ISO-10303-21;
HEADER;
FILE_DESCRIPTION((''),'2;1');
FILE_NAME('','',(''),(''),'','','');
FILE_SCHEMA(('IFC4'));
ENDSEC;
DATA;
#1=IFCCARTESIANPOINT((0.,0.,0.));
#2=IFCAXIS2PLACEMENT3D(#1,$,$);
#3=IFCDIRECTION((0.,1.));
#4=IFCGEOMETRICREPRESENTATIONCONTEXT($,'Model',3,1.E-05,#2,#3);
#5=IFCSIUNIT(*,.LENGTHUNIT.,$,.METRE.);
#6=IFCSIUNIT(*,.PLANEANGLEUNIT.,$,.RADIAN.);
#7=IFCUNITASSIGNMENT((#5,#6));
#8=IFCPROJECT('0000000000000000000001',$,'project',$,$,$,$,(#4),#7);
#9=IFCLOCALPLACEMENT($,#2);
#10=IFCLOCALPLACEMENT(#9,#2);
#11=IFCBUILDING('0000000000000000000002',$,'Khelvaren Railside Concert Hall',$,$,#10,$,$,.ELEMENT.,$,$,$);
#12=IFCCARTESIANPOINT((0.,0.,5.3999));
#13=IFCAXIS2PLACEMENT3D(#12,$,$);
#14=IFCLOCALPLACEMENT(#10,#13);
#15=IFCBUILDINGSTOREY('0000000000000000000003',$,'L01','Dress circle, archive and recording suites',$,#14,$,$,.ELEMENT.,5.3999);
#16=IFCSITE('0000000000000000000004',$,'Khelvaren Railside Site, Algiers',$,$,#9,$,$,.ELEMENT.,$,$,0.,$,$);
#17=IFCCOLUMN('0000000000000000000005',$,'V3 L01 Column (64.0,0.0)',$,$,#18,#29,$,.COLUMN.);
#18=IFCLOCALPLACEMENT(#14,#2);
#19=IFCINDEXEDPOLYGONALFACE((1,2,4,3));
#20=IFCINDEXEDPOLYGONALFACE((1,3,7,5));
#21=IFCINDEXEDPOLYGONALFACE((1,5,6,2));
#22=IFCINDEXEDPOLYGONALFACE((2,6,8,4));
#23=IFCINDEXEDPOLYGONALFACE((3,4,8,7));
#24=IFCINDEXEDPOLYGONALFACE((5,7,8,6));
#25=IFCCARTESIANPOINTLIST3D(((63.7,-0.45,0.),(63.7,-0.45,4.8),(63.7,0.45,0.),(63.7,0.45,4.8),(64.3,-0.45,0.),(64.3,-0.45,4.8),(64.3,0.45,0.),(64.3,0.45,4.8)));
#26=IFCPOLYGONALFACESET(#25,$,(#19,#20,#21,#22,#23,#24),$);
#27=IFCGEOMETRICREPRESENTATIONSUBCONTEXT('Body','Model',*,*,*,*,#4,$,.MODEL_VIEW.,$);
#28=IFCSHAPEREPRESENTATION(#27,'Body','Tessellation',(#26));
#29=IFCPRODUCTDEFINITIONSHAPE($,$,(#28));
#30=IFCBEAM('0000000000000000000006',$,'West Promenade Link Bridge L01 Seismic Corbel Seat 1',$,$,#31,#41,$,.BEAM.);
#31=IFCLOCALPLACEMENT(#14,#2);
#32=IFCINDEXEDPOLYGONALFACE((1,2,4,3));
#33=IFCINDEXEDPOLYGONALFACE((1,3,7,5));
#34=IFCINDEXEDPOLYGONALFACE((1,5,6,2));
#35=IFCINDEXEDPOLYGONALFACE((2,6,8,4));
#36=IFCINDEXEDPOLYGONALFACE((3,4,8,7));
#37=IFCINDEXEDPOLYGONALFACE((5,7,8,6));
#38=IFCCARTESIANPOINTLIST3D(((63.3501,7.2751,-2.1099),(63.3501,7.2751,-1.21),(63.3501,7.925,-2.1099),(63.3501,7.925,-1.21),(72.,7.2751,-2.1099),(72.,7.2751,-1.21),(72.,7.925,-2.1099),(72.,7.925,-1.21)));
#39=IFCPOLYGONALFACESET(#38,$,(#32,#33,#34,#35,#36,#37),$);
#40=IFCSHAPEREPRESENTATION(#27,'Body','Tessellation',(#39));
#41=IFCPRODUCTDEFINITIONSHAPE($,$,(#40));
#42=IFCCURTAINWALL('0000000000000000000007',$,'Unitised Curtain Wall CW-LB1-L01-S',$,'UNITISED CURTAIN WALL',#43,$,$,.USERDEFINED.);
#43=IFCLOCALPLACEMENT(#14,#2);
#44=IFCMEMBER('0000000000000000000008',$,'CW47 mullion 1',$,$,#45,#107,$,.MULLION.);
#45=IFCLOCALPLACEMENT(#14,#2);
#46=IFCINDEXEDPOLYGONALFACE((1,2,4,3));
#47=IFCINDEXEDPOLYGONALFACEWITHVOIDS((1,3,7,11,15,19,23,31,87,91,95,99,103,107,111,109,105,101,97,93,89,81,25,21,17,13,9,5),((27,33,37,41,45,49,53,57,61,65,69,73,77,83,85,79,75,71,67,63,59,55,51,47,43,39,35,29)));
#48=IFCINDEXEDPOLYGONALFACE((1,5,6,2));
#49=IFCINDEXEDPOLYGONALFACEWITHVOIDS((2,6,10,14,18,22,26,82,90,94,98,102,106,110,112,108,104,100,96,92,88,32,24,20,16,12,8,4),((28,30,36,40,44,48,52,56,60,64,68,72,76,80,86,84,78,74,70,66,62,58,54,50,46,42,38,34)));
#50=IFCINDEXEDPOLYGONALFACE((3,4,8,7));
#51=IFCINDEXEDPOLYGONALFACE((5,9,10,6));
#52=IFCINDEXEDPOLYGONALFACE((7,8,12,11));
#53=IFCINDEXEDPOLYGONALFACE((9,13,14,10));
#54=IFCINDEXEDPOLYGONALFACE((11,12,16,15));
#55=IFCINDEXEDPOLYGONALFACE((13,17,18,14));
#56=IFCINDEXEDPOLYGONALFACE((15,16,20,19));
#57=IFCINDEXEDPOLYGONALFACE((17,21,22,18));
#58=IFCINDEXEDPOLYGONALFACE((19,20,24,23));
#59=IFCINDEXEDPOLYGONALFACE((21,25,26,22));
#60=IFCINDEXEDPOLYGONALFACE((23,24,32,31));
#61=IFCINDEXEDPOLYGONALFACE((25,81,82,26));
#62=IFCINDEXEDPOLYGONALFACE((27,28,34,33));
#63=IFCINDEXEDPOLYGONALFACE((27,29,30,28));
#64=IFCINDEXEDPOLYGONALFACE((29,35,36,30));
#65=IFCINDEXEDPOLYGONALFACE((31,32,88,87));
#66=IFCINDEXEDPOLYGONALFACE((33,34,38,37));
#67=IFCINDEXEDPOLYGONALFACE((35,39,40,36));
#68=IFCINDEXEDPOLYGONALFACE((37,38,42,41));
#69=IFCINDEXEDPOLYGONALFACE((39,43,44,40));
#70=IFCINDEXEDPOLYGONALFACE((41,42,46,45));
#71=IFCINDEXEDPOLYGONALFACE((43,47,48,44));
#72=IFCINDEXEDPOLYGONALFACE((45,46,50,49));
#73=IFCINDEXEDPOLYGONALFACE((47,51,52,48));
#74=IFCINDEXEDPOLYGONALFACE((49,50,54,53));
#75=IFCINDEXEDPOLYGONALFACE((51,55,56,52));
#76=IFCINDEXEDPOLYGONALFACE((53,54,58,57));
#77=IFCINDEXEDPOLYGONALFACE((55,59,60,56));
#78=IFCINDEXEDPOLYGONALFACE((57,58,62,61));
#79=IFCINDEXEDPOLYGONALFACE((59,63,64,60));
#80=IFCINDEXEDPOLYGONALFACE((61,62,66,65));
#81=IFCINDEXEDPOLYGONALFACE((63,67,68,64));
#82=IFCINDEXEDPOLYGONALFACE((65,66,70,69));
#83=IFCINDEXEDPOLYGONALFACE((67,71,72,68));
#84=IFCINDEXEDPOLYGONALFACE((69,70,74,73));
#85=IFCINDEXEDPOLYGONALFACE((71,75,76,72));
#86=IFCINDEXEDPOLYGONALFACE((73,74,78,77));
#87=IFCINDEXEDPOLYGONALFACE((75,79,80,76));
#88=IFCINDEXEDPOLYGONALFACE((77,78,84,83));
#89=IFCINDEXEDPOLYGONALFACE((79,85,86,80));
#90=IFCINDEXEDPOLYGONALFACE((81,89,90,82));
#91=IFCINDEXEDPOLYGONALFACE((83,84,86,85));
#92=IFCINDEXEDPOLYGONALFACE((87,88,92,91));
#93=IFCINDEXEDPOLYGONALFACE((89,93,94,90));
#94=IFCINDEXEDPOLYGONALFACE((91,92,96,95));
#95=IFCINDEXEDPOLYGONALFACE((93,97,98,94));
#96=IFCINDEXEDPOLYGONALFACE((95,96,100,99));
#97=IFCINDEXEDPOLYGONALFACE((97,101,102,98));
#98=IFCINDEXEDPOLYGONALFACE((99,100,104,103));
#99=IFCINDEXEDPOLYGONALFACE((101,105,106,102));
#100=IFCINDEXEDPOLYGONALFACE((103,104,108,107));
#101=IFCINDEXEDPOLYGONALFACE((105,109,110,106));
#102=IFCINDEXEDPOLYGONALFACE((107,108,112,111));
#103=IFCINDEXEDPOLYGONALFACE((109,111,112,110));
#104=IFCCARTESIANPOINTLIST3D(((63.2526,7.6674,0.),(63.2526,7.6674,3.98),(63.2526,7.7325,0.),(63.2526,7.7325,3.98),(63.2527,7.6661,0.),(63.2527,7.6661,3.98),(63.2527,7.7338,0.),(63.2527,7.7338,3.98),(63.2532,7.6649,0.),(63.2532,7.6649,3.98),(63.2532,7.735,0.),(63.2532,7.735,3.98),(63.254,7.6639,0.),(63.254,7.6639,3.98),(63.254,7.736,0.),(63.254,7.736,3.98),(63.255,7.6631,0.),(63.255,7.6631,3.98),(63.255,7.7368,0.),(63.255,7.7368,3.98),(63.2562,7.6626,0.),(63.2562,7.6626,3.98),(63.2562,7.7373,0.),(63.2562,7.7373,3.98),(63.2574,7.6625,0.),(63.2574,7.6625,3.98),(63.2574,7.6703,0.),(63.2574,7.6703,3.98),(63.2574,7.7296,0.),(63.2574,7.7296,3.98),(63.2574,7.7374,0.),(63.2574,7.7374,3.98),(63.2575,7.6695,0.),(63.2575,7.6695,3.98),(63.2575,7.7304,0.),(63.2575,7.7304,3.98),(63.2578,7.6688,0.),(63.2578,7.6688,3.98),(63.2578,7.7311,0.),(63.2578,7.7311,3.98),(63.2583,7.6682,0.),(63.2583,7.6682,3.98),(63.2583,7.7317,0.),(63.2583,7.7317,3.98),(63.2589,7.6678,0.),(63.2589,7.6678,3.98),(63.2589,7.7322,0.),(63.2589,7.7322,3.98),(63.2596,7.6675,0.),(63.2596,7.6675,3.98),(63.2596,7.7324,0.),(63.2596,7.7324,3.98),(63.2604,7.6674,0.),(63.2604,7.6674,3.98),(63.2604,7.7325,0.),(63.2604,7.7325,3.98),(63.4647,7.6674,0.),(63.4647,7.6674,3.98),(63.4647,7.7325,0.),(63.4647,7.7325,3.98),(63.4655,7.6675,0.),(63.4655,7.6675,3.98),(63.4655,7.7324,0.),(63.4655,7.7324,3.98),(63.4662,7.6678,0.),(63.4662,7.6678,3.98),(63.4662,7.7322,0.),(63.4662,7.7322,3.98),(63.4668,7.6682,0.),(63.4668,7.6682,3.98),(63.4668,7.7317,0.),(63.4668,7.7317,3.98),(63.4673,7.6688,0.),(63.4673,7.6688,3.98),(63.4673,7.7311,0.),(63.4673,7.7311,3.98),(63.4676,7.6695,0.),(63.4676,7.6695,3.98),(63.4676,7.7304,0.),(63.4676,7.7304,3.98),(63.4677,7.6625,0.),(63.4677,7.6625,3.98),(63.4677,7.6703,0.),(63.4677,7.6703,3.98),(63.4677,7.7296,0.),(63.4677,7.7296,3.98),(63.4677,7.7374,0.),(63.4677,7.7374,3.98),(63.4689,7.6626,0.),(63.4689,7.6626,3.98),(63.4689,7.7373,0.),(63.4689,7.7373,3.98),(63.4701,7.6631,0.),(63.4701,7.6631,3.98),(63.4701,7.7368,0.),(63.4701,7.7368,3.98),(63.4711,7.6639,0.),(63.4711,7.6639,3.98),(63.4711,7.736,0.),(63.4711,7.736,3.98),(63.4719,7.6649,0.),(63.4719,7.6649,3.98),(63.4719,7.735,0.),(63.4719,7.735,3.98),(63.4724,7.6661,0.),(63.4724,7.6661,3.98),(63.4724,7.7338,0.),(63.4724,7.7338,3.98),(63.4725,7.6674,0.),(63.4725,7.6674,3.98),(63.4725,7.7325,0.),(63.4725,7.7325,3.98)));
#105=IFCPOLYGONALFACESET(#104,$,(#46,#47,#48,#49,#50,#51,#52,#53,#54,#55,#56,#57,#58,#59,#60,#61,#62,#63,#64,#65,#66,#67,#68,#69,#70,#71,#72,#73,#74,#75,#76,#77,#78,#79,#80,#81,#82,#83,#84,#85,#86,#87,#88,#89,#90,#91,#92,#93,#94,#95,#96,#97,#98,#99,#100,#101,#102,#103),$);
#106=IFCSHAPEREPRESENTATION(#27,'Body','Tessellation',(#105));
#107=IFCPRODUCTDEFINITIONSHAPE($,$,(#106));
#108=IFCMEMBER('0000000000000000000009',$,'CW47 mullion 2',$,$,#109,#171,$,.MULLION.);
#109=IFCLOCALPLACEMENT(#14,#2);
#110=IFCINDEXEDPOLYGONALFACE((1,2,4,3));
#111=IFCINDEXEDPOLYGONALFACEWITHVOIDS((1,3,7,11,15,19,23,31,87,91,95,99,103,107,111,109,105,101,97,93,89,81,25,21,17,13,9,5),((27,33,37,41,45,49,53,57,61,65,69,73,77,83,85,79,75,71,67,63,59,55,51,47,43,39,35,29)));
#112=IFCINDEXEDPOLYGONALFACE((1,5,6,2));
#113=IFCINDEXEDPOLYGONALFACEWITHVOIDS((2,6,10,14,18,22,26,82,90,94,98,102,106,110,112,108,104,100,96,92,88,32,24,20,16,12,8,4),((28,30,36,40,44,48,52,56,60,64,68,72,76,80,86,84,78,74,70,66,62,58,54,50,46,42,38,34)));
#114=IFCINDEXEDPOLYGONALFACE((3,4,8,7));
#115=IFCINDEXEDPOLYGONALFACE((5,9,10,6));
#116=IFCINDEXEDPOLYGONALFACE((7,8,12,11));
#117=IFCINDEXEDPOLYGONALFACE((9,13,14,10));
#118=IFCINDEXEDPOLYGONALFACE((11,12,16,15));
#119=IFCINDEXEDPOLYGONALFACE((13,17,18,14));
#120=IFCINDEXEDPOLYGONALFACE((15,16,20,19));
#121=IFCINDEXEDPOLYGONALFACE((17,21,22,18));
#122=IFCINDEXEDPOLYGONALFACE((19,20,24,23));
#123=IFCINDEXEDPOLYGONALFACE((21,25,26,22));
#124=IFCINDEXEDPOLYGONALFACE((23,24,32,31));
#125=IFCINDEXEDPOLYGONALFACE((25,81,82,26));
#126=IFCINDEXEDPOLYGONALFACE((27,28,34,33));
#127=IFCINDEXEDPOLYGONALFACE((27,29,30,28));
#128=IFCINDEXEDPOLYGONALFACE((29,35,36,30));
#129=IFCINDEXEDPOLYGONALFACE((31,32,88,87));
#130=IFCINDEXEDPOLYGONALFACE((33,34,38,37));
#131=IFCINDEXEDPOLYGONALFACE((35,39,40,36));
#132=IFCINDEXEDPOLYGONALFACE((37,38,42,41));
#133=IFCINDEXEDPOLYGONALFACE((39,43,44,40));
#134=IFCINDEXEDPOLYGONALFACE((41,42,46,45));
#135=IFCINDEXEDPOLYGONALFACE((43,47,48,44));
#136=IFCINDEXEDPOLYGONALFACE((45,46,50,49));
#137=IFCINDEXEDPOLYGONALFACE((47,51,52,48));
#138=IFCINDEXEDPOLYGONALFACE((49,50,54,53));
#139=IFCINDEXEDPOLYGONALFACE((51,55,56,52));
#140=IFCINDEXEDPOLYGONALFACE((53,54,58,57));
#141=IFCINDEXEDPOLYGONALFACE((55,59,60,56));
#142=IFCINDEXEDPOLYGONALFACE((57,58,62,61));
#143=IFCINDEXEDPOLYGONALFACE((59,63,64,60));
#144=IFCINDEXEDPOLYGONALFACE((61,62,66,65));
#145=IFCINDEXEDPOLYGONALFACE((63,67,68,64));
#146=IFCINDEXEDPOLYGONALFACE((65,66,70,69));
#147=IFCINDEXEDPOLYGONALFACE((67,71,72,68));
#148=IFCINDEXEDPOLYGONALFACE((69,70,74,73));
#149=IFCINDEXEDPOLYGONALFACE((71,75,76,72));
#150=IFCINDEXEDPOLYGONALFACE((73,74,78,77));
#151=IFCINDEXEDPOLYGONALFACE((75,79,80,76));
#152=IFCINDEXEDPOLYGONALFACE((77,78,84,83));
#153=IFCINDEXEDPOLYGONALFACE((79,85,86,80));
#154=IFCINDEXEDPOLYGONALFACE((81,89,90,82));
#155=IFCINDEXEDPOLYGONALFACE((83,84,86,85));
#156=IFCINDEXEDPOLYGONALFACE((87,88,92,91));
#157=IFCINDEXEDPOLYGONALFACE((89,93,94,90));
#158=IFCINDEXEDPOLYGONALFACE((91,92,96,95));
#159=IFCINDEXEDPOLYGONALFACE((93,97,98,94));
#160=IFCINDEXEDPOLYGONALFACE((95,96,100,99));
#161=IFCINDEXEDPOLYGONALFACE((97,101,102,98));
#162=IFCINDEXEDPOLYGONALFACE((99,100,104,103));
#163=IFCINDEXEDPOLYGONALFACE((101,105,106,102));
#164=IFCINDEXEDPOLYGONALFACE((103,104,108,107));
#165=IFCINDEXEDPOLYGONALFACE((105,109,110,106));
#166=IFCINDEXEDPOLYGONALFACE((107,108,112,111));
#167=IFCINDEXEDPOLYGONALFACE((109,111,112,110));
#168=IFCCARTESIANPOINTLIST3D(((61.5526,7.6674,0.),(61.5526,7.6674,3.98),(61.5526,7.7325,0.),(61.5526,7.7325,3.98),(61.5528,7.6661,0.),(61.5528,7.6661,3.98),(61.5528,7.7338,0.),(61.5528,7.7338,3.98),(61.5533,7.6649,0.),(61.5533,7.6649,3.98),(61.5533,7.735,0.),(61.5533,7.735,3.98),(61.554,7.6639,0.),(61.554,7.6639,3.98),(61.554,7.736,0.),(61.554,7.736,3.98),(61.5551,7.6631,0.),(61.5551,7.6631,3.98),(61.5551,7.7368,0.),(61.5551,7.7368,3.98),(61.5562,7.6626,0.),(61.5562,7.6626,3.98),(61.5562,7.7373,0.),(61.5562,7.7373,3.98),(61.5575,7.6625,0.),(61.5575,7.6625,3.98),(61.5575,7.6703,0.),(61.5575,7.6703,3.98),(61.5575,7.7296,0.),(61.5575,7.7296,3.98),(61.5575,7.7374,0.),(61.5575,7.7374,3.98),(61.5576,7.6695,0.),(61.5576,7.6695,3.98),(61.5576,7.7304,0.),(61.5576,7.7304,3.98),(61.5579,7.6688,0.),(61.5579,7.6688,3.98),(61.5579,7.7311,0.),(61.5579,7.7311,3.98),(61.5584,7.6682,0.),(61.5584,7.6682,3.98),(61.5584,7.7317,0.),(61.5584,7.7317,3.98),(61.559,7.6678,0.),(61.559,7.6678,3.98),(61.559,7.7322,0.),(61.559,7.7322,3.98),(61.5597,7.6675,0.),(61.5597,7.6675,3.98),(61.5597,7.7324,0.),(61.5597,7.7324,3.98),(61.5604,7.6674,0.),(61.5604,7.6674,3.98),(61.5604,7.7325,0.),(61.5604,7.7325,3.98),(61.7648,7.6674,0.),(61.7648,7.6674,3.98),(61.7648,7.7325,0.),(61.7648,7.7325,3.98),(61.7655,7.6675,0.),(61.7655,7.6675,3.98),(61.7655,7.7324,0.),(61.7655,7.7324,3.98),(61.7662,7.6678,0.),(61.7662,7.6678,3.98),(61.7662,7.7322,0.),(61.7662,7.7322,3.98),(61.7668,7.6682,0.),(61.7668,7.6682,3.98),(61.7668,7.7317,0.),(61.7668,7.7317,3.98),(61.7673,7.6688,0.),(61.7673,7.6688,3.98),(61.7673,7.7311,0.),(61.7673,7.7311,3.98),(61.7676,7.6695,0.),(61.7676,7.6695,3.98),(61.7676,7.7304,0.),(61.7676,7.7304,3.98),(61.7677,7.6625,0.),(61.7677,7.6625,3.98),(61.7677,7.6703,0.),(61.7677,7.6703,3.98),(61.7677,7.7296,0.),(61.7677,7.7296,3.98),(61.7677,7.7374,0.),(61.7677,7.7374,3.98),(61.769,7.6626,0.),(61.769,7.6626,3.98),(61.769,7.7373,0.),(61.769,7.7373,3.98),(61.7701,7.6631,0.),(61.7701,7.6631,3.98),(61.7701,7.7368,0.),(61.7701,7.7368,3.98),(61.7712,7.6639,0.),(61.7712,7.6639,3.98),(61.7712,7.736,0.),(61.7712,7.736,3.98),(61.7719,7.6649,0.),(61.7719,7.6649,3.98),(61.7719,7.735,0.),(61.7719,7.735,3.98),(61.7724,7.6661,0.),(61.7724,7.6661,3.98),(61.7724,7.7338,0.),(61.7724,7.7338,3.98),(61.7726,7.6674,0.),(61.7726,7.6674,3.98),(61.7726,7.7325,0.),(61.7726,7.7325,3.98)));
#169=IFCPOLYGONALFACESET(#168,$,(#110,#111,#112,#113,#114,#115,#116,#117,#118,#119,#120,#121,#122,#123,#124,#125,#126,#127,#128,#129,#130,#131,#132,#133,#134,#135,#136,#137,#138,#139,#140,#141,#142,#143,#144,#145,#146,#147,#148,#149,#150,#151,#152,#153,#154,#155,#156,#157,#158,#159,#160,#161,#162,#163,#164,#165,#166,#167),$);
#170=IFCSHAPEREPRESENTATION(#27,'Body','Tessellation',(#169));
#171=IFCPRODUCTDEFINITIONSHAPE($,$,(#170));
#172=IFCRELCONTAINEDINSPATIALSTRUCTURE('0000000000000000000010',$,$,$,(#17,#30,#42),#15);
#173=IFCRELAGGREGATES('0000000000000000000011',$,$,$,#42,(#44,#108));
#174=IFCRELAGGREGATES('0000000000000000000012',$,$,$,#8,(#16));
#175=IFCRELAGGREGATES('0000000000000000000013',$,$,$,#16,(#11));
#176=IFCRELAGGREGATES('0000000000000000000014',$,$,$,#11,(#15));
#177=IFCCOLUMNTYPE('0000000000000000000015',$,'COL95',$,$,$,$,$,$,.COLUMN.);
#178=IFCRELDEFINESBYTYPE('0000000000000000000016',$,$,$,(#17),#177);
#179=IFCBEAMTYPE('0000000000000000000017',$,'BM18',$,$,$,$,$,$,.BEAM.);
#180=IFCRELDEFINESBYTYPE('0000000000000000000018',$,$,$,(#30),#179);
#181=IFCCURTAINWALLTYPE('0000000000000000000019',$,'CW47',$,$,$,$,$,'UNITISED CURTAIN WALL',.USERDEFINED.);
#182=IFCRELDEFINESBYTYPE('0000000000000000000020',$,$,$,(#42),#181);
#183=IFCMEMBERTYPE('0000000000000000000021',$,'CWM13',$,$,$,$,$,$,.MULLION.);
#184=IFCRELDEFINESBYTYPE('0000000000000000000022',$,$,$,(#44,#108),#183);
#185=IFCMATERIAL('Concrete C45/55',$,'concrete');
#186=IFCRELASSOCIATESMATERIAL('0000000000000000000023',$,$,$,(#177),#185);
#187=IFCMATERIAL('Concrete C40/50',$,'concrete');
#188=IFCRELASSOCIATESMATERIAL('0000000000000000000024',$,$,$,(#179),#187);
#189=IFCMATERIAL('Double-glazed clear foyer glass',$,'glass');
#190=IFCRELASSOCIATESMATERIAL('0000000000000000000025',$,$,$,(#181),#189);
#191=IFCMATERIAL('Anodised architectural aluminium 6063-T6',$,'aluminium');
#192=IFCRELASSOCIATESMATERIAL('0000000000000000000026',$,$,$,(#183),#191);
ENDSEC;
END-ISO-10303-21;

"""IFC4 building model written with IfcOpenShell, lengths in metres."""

from ifc_helpers import new_model, si_unit, direction, frame, origin, origin_2d, place, context, subcontext, project, spatial, rectangle, hollow_rectangle, extrude, material, material_profile, profile_set, type_object, element, aggregate, save


model = new_model("IFC4")

# Units and contexts
model_context = context("Model", 3, precision=1e-05, world=origin(), true_north=direction((0.0, 1.0)))
body_context = subcontext(model_context, "Body", "Model", "MODEL_VIEW")
ifc_project = project(units=[si_unit("LENGTHUNIT", "METRE"), si_unit("PLANEANGLEUNIT", "RADIAN")], contexts=[model_context])

# Site, building, storey
site_placement = place(None, origin())
site = spatial("IfcSite", under=ifc_project, at=site_placement, Name="Khelvaren Railside Site, Algiers", CompositionType="ELEMENT", RefElevation=0.0)
building_placement = place(site_placement, origin())
building = spatial("IfcBuilding", under=site, at=building_placement, Name="Khelvaren Railside Concert Hall", CompositionType="ELEMENT")
storey_placement = place(building_placement, frame((0.0, 0.0, 5.3999)))
storey = spatial("IfcBuildingStorey", under=building, at=storey_placement, Name="L01", Description="Dress circle, archive and recording suites", CompositionType="ELEMENT", Elevation=5.3999)

# Column
ifc_material_1 = material(Name="Concrete C45/55", Category="concrete")
ifc_material_profile_1 = material_profile(ifc_material_1, rectangle(XDim=0.6001, YDim=0.8999, at=origin_2d()), Name="RC 600x900")
ifc_profile_set_1 = profile_set([ifc_material_profile_1], Name="Concrete C45/55")
column_type = type_object("IfcColumnType", Name="COL95", PredefinedType="COLUMN", material=ifc_profile_set_1)
column_placement = place(storey_placement, frame((64.0, 0.0, 0.0), z_axis=(0.0, 0.0, 1.0), x_axis=(1.0, 0.0, 0.0)))
element("IfcColumn", 1, at=column_placement, inside=storey, type_object=column_type, Name="V3 L01 Column (64.0,0.0)", PredefinedType="COLUMN", context=body_context, shape_type="SweptSolid", body=[
    extrude(rectangle(XDim=0.6001, YDim=0.8999, at=origin_2d()), origin(), (0.0, 0.0, 1.0), 4.8),
])

# Beam
ifc_material_2 = material(Name="Concrete C40/50", Category="concrete")
ifc_material_profile_2 = material_profile(ifc_material_2, rectangle(XDim=0.6499, YDim=0.8999, at=origin_2d()), Name="RCB 650x900")
ifc_profile_set_2 = profile_set([ifc_material_profile_2], Name="Concrete C40/50")
beam_type_1 = type_object("IfcBeamType", Name="BM18", PredefinedType="BEAM", material=ifc_profile_set_2)
beam_1_placement = place(storey_placement, frame((63.3501, 7.6001, -1.6599), z_axis=(1.0, 0.0, 0.0), x_axis=(0.0, 1.0, 0.0)))
element("IfcBeam", 2, at=beam_1_placement, inside=storey, type_object=beam_type_1, Name="West Promenade Link Bridge L01 Seismic Corbel Seat 1", PredefinedType="BEAM", context=body_context, shape_type="SweptSolid", body=[
    extrude(rectangle(XDim=0.6499, YDim=0.8999, at=origin_2d()), origin(), (0.0, 0.0, 1.0), 8.6499),
])

# Curtain wall, members
ifc_material_3 = material(Name="Double-glazed clear foyer glass", Category="glass")
curtain_wall_type = type_object("IfcCurtainWallType", Name="CW47", ElementType="UNITISED CURTAIN WALL", PredefinedType="USERDEFINED", material=ifc_material_3)
curtain_wall_placement = place(storey_placement, origin())
curtain_wall = element("IfcCurtainWall", 3, at=curtain_wall_placement, inside=storey, type_object=curtain_wall_type, Name="Unitised Curtain Wall CW-LB1-L01-S", ObjectType="UNITISED CURTAIN WALL", PredefinedType="USERDEFINED")
ifc_material_4 = material(Name="Anodised architectural aluminium 6063-T6", Category="aluminium")
ifc_material_profile_3 = material_profile(ifc_material_4, hollow_rectangle(XDim=0.075, YDim=0.22, WallThickness=0.0049, InnerFilletRadius=0.0029, OuterFilletRadius=0.0049, at=origin_2d()), Name="CWM 75x220x5")
ifc_profile_set_3 = profile_set([ifc_material_profile_3], Name="Anodised architectural aluminium 6063-T6")
member_type_1 = type_object("IfcMemberType", Name="CWM13", PredefinedType="MULLION", material=ifc_profile_set_3)
member_1_placement = place(storey_placement, frame((63.3625, 7.7, 0.0), z_axis=(0.0, 0.0, 1.0), x_axis=(0.0, -1.0, 0.0)))
member_1 = element("IfcMember", 4, at=member_1_placement, type_object=member_type_1, Name="CW47 mullion 1", PredefinedType="MULLION", context=body_context, shape_type="SweptSolid", body=[
    extrude(hollow_rectangle(XDim=0.075, YDim=0.22, WallThickness=0.0049, InnerFilletRadius=0.0029, OuterFilletRadius=0.0049, at=origin_2d()), origin(), (0.0, 0.0, 1.0), 3.98),
])
member_2_placement = place(storey_placement, frame((61.6626, 7.7, 0.0), z_axis=(0.0, 0.0, 1.0), x_axis=(0.0, -1.0, 0.0)))
member_2 = element("IfcMember", 5, at=member_2_placement, type_object=member_type_1, Name="CW47 mullion 2", PredefinedType="MULLION", context=body_context, shape_type="SweptSolid", body=[
    extrude(hollow_rectangle(XDim=0.075, YDim=0.22, WallThickness=0.0049, InnerFilletRadius=0.0029, OuterFilletRadius=0.0049, at=origin_2d()), origin(), (0.0, 0.0, 1.0), 3.98),
])

aggregate(curtain_wall, [member_1, member_2])

save(model, "model.ifc")
